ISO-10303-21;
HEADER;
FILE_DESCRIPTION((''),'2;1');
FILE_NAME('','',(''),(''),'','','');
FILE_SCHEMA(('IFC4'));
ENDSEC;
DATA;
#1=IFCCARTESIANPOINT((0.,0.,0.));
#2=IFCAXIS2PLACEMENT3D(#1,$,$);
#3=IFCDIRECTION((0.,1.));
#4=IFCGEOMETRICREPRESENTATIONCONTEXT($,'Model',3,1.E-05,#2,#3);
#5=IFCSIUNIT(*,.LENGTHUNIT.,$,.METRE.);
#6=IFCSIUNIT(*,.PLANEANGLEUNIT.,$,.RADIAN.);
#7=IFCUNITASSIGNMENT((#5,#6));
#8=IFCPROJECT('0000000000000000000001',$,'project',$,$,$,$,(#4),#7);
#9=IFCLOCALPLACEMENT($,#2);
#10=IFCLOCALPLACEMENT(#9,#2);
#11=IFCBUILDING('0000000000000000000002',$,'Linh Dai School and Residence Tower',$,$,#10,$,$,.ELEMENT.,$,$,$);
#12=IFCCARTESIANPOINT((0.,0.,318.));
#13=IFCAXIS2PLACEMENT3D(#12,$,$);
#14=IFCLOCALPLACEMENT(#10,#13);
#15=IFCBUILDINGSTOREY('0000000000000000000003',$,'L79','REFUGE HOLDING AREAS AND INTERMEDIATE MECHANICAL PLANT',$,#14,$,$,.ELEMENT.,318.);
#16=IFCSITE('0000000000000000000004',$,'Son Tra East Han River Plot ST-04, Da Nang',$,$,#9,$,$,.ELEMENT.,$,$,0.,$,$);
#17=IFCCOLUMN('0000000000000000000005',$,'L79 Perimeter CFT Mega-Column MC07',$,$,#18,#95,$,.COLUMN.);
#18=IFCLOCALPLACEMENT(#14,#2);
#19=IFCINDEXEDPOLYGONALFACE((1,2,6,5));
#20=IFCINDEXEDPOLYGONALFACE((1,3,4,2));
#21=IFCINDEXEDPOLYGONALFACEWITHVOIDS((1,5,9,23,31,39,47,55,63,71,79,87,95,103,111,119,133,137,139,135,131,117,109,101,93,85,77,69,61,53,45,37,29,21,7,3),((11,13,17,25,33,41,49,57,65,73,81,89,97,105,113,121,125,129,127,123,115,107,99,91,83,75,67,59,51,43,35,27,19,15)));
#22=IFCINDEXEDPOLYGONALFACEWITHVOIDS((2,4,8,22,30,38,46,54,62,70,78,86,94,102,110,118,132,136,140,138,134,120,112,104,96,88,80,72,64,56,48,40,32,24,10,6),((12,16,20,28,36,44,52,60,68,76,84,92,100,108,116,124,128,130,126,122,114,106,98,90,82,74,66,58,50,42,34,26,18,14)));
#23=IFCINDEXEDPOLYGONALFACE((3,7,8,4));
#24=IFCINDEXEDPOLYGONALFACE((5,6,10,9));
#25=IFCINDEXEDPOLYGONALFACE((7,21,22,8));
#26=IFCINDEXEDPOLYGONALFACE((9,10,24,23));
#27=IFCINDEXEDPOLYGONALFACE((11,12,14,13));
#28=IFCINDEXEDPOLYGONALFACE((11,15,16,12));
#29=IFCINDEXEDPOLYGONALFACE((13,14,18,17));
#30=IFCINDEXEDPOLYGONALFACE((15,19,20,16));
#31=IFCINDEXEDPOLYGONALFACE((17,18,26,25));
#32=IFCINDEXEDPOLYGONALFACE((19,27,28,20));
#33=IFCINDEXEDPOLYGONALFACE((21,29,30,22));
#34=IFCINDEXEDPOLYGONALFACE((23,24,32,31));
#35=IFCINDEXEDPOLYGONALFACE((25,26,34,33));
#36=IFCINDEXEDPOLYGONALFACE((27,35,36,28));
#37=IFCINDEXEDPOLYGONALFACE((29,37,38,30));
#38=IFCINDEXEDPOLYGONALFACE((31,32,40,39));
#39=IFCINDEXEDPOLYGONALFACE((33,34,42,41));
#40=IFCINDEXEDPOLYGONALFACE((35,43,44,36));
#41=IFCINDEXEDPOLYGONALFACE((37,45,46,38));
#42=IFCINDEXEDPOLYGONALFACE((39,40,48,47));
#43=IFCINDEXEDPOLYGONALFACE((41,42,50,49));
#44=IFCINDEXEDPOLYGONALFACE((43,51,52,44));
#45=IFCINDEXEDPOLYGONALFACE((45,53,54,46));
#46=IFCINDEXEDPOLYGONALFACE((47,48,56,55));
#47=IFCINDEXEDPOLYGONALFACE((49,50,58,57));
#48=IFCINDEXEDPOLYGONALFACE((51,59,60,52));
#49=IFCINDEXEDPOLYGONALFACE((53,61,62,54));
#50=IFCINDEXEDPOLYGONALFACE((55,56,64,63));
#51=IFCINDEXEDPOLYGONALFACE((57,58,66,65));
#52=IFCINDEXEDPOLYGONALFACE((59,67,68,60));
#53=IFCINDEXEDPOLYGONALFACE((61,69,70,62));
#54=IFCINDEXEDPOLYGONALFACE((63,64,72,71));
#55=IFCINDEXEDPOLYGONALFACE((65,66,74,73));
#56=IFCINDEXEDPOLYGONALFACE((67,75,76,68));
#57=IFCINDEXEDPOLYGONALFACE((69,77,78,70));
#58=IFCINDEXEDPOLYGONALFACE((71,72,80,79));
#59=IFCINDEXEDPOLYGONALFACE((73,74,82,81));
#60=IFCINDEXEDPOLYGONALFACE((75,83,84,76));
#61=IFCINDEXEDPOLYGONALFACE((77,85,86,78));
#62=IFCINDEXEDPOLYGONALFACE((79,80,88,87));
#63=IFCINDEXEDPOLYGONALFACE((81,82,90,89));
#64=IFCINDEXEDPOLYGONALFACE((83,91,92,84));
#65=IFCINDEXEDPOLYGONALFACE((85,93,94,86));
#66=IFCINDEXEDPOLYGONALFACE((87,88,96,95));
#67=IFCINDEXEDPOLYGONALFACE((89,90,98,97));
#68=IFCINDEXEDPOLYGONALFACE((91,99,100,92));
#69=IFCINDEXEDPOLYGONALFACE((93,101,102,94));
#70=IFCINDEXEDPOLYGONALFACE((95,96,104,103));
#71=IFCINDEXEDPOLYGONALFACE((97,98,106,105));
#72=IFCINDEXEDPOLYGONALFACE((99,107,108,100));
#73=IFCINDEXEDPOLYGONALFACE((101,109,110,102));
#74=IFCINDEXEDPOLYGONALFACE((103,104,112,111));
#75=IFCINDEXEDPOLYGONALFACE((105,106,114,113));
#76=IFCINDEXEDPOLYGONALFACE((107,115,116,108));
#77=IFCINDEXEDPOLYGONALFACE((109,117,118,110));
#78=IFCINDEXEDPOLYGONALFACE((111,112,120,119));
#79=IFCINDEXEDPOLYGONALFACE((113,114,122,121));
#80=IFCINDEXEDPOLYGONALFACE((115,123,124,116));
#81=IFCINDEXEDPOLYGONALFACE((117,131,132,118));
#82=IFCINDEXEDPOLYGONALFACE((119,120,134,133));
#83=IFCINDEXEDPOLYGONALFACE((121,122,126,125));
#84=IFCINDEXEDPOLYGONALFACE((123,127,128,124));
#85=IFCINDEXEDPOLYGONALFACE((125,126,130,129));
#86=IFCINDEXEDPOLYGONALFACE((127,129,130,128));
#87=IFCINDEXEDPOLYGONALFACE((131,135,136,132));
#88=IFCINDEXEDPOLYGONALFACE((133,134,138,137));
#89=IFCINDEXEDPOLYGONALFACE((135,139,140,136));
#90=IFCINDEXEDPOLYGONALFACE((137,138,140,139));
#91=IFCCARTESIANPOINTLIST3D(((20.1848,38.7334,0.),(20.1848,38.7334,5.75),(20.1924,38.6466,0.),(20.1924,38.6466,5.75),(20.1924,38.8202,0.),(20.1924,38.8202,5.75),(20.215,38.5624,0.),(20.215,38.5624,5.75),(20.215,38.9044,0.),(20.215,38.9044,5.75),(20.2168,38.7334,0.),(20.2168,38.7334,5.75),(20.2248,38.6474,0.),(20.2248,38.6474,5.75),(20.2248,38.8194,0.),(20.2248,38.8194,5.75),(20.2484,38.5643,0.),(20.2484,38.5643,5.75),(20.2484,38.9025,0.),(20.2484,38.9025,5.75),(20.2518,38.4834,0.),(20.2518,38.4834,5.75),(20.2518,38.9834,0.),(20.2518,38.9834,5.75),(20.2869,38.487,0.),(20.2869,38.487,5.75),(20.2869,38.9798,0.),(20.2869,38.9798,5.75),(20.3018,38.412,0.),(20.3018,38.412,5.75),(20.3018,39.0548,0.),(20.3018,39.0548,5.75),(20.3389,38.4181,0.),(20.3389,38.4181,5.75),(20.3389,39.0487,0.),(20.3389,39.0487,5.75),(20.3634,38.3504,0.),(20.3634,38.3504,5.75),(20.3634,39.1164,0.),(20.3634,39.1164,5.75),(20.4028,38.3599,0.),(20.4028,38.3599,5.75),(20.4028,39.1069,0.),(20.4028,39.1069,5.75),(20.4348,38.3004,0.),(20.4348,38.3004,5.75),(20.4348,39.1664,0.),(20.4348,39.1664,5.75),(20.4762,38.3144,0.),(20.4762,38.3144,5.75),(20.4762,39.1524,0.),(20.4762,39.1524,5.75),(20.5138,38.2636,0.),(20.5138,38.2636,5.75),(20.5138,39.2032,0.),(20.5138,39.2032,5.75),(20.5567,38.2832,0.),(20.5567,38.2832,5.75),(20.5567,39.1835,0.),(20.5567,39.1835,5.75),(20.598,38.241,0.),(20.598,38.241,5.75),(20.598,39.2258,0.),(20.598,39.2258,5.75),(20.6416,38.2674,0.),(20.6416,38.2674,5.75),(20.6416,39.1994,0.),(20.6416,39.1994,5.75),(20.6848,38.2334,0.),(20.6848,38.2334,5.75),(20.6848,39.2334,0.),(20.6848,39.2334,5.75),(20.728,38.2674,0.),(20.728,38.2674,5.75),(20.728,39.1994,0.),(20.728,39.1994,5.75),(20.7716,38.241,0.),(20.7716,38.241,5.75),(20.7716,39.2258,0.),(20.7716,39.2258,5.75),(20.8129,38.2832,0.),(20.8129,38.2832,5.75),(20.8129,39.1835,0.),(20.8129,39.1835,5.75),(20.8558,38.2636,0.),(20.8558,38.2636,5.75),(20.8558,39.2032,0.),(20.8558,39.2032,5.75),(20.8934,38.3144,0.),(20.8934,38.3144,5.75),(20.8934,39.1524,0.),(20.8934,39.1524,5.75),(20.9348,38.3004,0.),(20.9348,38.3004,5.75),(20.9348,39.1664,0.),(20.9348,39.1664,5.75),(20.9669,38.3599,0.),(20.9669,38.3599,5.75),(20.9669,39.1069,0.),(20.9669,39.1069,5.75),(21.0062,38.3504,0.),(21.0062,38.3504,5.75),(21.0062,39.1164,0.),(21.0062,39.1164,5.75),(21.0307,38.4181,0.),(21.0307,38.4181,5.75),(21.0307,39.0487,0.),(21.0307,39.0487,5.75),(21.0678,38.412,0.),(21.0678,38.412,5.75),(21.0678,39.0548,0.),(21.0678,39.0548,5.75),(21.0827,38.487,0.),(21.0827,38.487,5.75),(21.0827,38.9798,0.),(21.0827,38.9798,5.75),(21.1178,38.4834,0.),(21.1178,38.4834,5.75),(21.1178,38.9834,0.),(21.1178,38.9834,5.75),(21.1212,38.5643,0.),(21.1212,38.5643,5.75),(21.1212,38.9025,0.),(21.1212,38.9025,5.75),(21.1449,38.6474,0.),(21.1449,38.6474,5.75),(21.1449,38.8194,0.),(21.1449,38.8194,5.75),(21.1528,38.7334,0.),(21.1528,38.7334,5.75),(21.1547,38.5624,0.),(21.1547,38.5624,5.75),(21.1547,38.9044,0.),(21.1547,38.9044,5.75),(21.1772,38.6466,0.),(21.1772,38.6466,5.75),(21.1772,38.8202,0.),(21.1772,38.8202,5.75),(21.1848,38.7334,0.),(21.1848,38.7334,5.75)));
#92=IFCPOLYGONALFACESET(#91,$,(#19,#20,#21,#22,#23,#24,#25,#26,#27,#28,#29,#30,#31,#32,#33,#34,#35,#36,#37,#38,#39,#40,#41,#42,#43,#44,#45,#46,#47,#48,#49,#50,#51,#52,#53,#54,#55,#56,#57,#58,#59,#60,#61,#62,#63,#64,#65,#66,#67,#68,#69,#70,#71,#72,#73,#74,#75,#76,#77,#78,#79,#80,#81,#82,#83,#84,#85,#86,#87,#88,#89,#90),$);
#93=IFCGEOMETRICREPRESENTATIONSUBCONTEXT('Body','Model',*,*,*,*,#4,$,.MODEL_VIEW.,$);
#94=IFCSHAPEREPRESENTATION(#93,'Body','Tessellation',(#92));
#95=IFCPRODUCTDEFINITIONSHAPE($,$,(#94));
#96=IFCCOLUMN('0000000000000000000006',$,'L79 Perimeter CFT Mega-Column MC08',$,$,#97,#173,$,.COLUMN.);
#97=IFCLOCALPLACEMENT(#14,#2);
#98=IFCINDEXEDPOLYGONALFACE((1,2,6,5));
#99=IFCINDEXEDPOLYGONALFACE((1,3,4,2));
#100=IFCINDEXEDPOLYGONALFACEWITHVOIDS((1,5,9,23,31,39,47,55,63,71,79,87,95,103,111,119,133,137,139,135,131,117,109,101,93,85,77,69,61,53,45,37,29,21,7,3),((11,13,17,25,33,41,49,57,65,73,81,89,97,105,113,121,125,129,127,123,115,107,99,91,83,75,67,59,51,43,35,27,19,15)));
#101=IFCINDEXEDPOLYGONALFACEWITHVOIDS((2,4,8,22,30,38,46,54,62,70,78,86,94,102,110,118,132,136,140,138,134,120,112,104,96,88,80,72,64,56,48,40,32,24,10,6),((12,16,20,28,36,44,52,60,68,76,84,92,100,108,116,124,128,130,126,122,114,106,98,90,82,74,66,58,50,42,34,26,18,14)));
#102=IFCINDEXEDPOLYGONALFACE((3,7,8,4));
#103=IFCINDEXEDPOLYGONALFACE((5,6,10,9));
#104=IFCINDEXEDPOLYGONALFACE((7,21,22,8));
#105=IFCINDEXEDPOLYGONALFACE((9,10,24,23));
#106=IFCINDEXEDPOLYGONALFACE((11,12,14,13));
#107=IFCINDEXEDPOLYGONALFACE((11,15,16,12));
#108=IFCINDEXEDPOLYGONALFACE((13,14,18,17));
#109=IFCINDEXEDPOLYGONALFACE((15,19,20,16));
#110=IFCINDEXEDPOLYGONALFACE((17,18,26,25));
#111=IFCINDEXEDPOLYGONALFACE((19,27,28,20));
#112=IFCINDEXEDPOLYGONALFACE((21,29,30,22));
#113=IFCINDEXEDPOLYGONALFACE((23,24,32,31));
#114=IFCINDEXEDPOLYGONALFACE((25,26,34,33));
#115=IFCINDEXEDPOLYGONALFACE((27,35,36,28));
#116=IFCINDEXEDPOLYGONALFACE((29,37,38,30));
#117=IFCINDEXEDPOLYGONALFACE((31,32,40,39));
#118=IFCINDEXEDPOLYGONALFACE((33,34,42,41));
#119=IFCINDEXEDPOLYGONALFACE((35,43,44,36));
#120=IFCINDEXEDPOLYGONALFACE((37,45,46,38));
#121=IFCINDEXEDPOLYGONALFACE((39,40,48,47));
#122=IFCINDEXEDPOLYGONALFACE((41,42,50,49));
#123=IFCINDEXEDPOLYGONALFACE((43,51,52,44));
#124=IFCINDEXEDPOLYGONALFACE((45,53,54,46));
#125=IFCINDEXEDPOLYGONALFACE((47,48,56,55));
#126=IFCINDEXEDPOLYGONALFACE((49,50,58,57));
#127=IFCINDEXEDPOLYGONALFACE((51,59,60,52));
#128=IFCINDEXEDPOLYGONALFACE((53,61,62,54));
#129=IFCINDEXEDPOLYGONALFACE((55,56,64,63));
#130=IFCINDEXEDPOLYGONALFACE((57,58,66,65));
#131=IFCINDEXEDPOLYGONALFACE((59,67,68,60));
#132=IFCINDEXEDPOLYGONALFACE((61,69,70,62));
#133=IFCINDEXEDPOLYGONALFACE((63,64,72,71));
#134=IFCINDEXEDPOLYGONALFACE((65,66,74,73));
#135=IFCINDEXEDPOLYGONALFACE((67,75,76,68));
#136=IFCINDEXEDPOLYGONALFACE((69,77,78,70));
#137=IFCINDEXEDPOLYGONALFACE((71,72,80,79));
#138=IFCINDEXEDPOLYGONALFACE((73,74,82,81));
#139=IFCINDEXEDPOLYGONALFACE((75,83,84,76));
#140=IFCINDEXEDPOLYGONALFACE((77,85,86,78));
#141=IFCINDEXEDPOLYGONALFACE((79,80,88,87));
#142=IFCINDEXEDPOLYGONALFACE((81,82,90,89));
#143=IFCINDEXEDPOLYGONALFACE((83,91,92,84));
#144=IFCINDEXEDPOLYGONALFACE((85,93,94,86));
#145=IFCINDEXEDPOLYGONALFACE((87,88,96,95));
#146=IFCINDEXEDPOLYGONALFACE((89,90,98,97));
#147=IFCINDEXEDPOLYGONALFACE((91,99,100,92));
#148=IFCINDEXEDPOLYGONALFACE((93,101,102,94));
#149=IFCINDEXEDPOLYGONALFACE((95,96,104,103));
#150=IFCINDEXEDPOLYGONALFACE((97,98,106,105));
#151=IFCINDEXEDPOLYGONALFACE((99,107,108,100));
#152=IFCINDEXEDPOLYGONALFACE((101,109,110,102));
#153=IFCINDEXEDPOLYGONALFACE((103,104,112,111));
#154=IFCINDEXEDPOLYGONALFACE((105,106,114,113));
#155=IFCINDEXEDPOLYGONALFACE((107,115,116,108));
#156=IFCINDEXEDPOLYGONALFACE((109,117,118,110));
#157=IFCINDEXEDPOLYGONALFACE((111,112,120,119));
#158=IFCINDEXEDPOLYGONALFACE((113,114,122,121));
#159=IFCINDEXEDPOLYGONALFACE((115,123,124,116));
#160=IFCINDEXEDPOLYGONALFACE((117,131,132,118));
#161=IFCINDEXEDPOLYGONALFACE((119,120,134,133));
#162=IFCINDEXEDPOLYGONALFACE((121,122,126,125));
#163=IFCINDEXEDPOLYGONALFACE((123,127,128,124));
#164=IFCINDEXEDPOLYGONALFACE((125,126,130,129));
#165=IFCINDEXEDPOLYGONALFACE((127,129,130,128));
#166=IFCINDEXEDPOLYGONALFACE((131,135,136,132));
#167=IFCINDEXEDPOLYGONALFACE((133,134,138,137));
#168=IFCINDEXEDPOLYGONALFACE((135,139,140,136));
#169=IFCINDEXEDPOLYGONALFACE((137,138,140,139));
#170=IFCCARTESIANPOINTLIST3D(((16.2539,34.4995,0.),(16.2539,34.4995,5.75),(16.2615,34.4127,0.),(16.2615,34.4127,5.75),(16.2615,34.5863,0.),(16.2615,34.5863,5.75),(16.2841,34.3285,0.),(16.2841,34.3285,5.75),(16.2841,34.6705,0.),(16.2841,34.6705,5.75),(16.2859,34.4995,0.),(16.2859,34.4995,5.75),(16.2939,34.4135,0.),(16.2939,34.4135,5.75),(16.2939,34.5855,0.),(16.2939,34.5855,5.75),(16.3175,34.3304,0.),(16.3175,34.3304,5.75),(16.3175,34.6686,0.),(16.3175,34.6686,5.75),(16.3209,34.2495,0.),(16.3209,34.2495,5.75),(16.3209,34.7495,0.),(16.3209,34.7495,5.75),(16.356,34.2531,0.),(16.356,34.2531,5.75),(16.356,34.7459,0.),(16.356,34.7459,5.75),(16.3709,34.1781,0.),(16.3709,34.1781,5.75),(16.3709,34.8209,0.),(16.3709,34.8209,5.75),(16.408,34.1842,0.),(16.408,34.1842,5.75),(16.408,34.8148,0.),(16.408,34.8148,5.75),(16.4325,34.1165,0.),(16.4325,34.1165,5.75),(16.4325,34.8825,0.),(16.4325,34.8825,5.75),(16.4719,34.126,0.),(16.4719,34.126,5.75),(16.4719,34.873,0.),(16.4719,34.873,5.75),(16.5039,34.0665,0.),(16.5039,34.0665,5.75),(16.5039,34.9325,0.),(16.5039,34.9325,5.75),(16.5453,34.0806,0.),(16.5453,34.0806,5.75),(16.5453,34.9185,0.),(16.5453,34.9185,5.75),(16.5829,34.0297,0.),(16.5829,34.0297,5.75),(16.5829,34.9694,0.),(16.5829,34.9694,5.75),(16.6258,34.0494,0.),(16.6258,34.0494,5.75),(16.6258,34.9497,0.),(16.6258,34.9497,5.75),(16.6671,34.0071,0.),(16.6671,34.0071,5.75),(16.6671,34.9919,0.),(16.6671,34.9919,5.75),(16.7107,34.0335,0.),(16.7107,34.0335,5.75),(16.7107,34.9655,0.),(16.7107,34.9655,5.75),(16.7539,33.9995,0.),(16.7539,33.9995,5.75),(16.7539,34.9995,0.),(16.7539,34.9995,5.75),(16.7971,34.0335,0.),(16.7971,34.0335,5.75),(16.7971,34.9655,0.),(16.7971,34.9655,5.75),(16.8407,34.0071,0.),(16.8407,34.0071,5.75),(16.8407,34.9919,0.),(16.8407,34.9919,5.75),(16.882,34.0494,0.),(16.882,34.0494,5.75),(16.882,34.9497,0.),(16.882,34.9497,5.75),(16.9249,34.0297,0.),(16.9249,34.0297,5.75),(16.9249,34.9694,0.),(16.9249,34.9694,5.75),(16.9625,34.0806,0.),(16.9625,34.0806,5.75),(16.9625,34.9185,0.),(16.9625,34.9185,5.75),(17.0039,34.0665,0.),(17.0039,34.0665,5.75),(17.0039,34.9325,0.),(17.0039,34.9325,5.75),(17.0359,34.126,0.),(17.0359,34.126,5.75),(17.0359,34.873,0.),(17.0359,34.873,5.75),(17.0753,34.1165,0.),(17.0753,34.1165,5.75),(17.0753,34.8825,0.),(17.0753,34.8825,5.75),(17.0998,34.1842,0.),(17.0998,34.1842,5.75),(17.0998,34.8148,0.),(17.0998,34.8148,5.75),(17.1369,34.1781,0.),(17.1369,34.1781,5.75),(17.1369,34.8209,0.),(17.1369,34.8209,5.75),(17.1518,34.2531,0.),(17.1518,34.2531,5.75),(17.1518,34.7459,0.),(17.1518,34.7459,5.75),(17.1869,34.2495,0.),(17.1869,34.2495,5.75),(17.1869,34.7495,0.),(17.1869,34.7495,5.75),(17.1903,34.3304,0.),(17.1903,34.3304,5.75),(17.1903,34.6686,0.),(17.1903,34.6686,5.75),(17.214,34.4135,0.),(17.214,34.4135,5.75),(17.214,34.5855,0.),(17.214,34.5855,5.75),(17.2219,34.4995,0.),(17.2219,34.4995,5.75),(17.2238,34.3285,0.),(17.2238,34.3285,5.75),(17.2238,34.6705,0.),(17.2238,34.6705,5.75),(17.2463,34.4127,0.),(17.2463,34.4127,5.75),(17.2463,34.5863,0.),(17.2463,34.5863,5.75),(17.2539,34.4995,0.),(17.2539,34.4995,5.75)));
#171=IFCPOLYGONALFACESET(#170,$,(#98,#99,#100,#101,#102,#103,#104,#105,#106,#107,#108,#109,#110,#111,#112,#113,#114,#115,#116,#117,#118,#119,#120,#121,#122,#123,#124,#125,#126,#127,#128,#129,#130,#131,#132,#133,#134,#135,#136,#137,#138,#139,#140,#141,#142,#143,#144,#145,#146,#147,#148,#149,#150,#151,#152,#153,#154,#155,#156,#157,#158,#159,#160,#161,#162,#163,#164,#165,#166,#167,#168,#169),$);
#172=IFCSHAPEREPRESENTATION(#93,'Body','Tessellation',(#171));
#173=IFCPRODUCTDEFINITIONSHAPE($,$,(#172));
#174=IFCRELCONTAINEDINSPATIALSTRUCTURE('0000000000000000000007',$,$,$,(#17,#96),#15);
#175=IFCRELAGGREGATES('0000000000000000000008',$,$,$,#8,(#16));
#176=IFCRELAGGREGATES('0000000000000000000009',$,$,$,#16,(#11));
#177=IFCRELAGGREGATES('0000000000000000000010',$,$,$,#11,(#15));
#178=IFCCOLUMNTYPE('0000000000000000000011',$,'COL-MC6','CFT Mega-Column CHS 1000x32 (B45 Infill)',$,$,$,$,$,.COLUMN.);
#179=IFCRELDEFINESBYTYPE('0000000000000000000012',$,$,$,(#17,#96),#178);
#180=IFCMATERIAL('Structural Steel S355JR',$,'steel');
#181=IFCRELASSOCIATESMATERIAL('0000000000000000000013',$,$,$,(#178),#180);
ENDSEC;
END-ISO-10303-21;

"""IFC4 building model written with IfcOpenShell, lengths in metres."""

from ifc_helpers import new_model, si_unit, direction, frame, origin, origin_2d, place, context, subcontext, project, spatial, hollow_circle, extrude, material, material_profile, profile_set, type_object, element, save


model = new_model("IFC4")

# Units and contexts
model_context = context("Model", 3, precision=1e-05, world=origin(), true_north=direction((0.0, 1.0)))
body_context = subcontext(model_context, "Body", "Model", "MODEL_VIEW")
ifc_project = project(units=[si_unit("LENGTHUNIT", "METRE"), si_unit("PLANEANGLEUNIT", "RADIAN")], contexts=[model_context])

# Site, building, storey
site_placement = place(None, origin())
site = spatial("IfcSite", under=ifc_project, at=site_placement, Name="Son Tra East Han River Plot ST-04, Da Nang", CompositionType="ELEMENT", RefElevation=0.0)
building_placement = place(site_placement, origin())
building = spatial("IfcBuilding", under=site, at=building_placement, Name="Linh Dai School and Residence Tower", CompositionType="ELEMENT")
storey_placement = place(building_placement, frame((0.0, 0.0, 318.0)))
storey = spatial("IfcBuildingStorey", under=building, at=storey_placement, Name="L79", Description="REFUGE HOLDING AREAS AND INTERMEDIATE MECHANICAL PLANT", CompositionType="ELEMENT", Elevation=318.0)

# Columns
ifc_material_1 = material(Name="Structural Steel S355JR", Category="steel")
ifc_material_profile_1 = material_profile(ifc_material_1, hollow_circle(Radius=0.5, WallThickness=0.032, at=origin_2d()), Name="CHS 1000x32")
ifc_profile_set_1 = profile_set([ifc_material_profile_1], Name="Structural Steel S355JR")
column_type = type_object("IfcColumnType", Name="COL-MC6", Description="CFT Mega-Column CHS 1000x32 (B45 Infill)", PredefinedType="COLUMN", material=ifc_profile_set_1)
for number, where, z_axis, x_axis, name in (
    (1, (20.6848, 38.7334, 0.0), (0.0, 0.0, 1.0), (1.0, 0.0, 0.0), "L79 Perimeter CFT Mega-Column MC07"),
    (2, (16.7539, 34.4995, 0.0), (0.0, 0.0, 1.0), (1.0, 0.0, 0.0), "L79 Perimeter CFT Mega-Column MC08"),
):
    element("IfcColumn", number, at=place(storey_placement, frame(where, z_axis=z_axis, x_axis=x_axis)), inside=storey, type_object=column_type, Name=name, PredefinedType="COLUMN", context=body_context, shape_type="SweptSolid", body=[
        extrude(hollow_circle(Radius=0.5, WallThickness=0.032, at=origin_2d()), origin(), (0.0, 0.0, 1.0), 5.75),
    ])

save(model, "model.ifc")
